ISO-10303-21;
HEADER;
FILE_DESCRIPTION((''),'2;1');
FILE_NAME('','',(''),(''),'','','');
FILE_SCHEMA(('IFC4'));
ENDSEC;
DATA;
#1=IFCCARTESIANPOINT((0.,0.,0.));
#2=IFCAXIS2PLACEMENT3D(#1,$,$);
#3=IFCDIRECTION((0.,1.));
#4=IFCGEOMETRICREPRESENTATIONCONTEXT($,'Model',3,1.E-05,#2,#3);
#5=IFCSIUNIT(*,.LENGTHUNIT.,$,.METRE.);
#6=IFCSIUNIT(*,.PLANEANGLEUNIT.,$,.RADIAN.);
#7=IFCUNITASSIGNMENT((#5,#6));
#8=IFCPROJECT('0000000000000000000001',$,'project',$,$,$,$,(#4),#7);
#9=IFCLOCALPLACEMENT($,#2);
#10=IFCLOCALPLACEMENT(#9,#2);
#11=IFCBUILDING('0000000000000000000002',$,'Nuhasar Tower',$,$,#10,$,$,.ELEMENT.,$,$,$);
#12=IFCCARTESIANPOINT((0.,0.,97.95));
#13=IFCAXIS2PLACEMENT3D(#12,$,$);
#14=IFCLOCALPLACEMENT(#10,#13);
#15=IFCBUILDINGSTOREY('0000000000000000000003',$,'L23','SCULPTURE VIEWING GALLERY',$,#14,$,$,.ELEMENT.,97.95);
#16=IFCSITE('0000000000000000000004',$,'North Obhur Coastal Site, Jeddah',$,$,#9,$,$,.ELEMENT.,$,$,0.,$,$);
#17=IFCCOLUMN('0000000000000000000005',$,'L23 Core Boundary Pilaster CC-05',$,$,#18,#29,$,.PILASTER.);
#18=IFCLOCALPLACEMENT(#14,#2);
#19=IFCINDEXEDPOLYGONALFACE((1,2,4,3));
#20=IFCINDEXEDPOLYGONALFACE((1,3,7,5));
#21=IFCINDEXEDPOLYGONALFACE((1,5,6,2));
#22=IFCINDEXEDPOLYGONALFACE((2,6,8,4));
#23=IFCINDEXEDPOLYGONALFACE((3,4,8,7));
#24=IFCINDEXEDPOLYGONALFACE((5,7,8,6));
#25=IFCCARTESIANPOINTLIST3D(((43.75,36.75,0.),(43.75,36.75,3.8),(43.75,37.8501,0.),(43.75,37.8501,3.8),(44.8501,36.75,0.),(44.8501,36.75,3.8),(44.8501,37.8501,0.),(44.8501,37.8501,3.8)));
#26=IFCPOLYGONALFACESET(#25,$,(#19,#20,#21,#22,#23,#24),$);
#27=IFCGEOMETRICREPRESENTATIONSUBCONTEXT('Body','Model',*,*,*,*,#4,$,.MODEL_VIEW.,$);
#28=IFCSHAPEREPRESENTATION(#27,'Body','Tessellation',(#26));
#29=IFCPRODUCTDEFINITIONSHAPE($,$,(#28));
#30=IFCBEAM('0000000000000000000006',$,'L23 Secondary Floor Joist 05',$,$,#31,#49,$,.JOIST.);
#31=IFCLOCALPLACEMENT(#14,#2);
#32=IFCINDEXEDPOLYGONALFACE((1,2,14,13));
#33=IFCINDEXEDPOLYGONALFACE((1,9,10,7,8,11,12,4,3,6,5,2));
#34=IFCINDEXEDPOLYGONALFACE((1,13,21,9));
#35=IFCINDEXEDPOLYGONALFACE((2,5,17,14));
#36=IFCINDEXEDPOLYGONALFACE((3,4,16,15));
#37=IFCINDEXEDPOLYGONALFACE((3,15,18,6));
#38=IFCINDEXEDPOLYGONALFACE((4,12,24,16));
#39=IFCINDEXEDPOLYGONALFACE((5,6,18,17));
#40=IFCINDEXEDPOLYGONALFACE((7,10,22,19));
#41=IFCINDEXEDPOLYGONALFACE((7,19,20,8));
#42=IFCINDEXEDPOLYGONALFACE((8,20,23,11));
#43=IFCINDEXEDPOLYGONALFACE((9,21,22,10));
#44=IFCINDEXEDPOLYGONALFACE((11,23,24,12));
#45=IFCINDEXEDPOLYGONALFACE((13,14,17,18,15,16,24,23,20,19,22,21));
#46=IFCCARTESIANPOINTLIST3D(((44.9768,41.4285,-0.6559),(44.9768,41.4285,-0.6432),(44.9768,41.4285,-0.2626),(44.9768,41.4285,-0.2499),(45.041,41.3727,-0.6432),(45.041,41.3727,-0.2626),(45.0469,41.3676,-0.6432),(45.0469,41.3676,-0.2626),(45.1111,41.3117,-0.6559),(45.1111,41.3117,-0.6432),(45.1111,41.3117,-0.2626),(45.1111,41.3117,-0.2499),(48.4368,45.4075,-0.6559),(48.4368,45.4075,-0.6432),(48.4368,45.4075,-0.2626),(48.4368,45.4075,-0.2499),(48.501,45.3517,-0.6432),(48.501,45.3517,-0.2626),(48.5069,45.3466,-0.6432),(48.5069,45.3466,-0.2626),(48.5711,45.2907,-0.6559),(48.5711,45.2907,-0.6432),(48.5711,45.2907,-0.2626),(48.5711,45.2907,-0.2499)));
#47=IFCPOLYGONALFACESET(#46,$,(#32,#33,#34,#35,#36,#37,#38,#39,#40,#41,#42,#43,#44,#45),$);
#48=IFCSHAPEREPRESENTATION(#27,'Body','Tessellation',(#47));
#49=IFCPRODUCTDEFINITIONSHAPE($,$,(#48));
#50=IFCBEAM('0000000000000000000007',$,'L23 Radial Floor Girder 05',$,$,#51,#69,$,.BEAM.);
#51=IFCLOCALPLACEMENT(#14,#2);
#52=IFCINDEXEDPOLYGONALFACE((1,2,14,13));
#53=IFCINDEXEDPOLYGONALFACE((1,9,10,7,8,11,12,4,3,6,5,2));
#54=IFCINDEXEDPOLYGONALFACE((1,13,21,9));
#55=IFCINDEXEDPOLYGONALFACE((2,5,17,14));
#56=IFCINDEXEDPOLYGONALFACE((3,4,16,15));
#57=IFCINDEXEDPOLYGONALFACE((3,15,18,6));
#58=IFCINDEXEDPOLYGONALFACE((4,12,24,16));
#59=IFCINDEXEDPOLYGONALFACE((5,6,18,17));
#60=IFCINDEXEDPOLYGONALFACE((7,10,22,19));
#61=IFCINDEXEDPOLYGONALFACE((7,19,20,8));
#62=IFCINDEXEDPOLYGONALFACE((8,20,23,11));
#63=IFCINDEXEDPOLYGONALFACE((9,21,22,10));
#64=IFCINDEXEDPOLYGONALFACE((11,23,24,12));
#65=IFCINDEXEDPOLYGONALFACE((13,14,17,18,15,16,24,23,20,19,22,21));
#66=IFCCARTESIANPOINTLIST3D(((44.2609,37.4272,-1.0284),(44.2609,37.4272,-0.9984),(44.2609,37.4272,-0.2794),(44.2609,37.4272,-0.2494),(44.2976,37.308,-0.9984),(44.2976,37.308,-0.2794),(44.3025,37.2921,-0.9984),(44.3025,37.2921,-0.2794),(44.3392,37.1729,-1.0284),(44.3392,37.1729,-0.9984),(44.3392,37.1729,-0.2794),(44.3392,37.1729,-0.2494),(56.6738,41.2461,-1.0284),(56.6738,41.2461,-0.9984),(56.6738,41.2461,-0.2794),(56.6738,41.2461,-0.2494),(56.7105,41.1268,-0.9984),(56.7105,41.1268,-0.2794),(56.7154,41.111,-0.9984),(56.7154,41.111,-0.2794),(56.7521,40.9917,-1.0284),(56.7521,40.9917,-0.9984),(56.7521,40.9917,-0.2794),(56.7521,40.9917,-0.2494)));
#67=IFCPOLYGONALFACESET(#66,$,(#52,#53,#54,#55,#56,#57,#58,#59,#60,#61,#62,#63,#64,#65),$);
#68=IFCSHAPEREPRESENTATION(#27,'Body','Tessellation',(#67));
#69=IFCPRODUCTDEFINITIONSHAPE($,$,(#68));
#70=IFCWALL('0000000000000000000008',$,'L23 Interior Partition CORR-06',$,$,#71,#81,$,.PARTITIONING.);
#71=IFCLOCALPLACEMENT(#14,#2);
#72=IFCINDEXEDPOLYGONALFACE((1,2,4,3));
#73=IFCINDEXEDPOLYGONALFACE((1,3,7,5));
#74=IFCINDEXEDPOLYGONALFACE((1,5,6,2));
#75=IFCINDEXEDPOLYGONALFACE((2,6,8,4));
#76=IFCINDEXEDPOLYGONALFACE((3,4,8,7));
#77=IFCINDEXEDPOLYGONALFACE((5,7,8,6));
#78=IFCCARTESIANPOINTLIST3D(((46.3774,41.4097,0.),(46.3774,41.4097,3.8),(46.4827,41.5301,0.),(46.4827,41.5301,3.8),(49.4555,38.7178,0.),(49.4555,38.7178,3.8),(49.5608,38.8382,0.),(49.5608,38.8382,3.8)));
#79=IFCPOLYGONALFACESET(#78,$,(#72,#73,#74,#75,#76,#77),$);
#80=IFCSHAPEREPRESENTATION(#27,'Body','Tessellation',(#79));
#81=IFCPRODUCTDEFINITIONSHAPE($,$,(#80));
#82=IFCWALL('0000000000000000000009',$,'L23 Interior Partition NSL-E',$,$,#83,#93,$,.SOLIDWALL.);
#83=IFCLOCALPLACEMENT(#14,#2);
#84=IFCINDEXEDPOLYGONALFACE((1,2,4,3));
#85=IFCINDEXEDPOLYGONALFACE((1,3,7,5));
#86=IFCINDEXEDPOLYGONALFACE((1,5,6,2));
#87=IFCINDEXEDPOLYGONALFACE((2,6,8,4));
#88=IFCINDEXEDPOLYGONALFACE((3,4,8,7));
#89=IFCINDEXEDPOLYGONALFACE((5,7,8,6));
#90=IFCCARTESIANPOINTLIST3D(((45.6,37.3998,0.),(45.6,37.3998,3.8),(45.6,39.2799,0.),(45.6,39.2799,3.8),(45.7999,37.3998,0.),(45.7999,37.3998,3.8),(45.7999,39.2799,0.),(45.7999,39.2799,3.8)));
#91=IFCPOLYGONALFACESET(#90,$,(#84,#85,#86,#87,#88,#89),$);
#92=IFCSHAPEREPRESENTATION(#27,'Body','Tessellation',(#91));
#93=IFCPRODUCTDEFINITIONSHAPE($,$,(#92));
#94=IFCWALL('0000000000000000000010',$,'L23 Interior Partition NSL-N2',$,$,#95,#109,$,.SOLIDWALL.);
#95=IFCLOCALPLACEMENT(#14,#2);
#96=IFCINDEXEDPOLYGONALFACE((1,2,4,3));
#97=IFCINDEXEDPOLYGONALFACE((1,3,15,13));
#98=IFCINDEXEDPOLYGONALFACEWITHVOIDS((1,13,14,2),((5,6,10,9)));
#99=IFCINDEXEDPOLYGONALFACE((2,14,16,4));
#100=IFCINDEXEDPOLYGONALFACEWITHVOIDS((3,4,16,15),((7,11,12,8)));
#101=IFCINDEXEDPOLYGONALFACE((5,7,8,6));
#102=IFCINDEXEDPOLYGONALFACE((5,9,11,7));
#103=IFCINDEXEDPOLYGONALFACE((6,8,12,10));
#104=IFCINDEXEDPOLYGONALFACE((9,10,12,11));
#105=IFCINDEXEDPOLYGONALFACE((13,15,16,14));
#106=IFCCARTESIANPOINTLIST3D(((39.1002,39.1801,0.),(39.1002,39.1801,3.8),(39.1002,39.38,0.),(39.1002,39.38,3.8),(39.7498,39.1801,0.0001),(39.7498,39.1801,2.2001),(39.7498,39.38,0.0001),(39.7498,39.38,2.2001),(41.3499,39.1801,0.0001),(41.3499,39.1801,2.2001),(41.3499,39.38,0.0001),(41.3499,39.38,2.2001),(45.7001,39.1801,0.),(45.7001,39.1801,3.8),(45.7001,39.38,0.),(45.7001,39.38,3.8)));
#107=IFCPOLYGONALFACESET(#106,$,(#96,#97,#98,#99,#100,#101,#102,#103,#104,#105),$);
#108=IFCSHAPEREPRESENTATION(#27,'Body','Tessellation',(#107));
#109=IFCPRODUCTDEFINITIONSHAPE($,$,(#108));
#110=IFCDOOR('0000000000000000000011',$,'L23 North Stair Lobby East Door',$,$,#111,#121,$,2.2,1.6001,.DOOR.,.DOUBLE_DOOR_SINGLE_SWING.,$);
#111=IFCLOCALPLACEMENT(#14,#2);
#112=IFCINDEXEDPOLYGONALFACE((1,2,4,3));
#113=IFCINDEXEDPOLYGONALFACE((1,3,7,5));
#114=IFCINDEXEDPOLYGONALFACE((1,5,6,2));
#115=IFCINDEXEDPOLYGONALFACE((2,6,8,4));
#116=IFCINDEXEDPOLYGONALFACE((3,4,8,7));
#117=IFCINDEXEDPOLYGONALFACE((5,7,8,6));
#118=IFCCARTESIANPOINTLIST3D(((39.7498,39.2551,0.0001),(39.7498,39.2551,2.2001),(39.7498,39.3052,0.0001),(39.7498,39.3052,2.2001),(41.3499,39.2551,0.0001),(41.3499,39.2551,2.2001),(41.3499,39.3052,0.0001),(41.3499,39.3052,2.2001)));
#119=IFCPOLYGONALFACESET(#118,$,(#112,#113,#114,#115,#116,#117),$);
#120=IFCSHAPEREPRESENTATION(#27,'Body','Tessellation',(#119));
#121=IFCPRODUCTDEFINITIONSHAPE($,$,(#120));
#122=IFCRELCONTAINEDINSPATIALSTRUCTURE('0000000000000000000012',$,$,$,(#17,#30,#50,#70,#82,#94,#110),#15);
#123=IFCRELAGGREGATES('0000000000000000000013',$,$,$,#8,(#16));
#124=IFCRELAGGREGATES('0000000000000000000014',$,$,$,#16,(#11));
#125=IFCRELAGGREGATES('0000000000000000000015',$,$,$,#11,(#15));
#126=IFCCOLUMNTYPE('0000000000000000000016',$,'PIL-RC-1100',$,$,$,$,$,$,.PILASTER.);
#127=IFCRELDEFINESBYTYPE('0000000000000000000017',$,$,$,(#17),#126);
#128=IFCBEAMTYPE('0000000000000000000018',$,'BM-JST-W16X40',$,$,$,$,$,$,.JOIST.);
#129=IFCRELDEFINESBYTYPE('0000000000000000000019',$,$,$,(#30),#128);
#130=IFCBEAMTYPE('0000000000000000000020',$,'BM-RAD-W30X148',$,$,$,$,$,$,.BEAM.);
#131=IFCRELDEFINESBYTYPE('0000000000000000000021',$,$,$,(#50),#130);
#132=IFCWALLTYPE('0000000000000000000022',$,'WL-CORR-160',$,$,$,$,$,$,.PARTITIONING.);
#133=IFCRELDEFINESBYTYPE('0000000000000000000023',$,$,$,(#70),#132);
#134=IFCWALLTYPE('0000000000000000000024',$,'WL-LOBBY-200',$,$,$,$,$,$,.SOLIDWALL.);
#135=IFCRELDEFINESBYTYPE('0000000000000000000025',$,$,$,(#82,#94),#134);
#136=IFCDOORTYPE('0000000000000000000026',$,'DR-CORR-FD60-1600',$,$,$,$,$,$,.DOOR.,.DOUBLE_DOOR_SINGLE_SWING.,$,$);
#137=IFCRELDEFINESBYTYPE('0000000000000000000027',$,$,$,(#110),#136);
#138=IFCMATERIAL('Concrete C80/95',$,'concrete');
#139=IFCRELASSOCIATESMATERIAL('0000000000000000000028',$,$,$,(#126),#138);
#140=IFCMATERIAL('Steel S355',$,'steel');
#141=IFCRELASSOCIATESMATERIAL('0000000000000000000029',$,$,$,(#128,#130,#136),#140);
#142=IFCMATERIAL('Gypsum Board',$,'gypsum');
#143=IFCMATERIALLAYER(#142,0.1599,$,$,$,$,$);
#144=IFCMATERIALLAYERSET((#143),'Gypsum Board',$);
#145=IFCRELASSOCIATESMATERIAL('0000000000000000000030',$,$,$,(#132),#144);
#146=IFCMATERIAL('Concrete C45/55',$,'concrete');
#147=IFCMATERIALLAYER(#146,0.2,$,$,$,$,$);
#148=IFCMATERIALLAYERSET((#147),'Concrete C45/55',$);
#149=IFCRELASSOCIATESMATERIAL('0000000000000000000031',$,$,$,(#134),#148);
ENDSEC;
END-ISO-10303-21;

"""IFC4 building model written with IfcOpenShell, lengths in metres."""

from ifc_helpers import new_model, si_unit, direction, frame, frame_2d, origin, origin_2d, place, context, subcontext, project, spatial, rectangle, i_section, extrude, material, layer, layer_set, material_profile, profile_set, type_object, element, fill, save


model = new_model("IFC4")

# Units and contexts
model_context = context("Model", 3, precision=1e-05, world=origin(), true_north=direction((0.0, 1.0)))
body_context = subcontext(model_context, "Body", "Model", "MODEL_VIEW")
ifc_project = project(units=[si_unit("LENGTHUNIT", "METRE"), si_unit("PLANEANGLEUNIT", "RADIAN")], contexts=[model_context])

# Site, building, storey
site_placement = place(None, origin())
site = spatial("IfcSite", under=ifc_project, at=site_placement, Name="North Obhur Coastal Site, Jeddah", CompositionType="ELEMENT", RefElevation=0.0)
building_placement = place(site_placement, origin())
building = spatial("IfcBuilding", under=site, at=building_placement, Name="Nuhasar Tower", CompositionType="ELEMENT")
storey_placement = place(building_placement, frame((0.0, 0.0, 97.95)))
storey = spatial("IfcBuildingStorey", under=building, at=storey_placement, Name="L23", Description="SCULPTURE VIEWING GALLERY", CompositionType="ELEMENT", Elevation=97.95)

# Column
ifc_material_1 = material(Name="Concrete C80/95", Category="concrete")
ifc_material_profile_1 = material_profile(ifc_material_1, rectangle(XDim=1.1001, YDim=1.1001, at=origin_2d()), Name="RC1100X1100")
ifc_profile_set_1 = profile_set([ifc_material_profile_1], Name="Concrete C80/95")
column_type = type_object("IfcColumnType", Name="PIL-RC-1100", PredefinedType="PILASTER", material=ifc_profile_set_1)
column_placement = place(storey_placement, frame((44.3, 37.3, 0.0), z_axis=(0.0, 0.0, 1.0), x_axis=(1.0, 0.0, 0.0)))
element("IfcColumn", 1, at=column_placement, inside=storey, type_object=column_type, Name="L23 Core Boundary Pilaster CC-05", PredefinedType="PILASTER", context=body_context, shape_type="SweptSolid", body=[
    extrude(rectangle(XDim=1.1001, YDim=1.1001, at=origin_2d()), origin(), (0.0, 0.0, 1.0), 3.8),
])

# Beams
ifc_material_2 = material(Name="Steel S355", Category="steel")
ifc_material_profile_2 = material_profile(ifc_material_2, i_section(OverallWidth=0.178, OverallDepth=0.406, WebThickness=0.0078, FlangeThickness=0.0127, at=origin_2d()), Name="W16X40")
ifc_profile_set_2 = profile_set([ifc_material_profile_2], Name="Steel S355")
beam_type_1 = type_object("IfcBeamType", Name="BM-JST-W16X40", PredefinedType="JOIST", material=ifc_profile_set_2)
beam_1_placement = place(storey_placement, frame((45.0439, 41.3701, -0.4529), z_axis=(0.656174, 0.75461, 0.0), x_axis=(-0.75461, 0.656174, 0.0)))
element("IfcBeam", 2, at=beam_1_placement, inside=storey, type_object=beam_type_1, Name="L23 Secondary Floor Joist 05", PredefinedType="JOIST", context=body_context, shape_type="SweptSolid", body=[
    extrude(i_section(OverallWidth=0.178, OverallDepth=0.406, WebThickness=0.0078, FlangeThickness=0.0127, at=origin_2d()), origin(), (0.0, 0.0, 1.0), 5.2729),
])
ifc_material_profile_3 = material_profile(ifc_material_2, i_section(OverallWidth=0.2661, OverallDepth=0.7791, WebThickness=0.0166, FlangeThickness=0.03, at=origin_2d()), Name="W30X148")
ifc_profile_set_3 = profile_set([ifc_material_profile_3], Name="Steel S355")
beam_type_2 = type_object("IfcBeamType", Name="BM-RAD-W30X148", PredefinedType="BEAM", material=ifc_profile_set_3)
beam_2_placement = place(storey_placement, frame((44.3, 37.3, -0.6389), z_axis=(0.95579, 0.294052, 0.0), x_axis=(-0.294052, 0.95579, 0.0)))
element("IfcBeam", 3, at=beam_2_placement, inside=storey, type_object=beam_type_2, Name="L23 Radial Floor Girder 05", PredefinedType="BEAM", context=body_context, shape_type="SweptSolid", body=[
    extrude(i_section(OverallWidth=0.2661, OverallDepth=0.7791, WebThickness=0.0166, FlangeThickness=0.03, at=origin_2d()), origin(), (0.0, 0.0, 1.0), 12.9871),
])

# Walls
ifc_material_3 = material(Name="Gypsum Board", Category="gypsum")
ifc_layer_1 = layer(ifc_material_3, 0.1599)
ifc_layer_set_1 = layer_set([ifc_layer_1], Name="Gypsum Board")
wall_type_1 = type_object("IfcWallType", Name="WL-CORR-160", PredefinedType="PARTITIONING", material=ifc_layer_set_1)
wall_1_placement = place(storey_placement, frame((49.5081, 38.7781, 0.0), z_axis=(0.0, 0.0, 1.0), x_axis=(-0.752754, 0.658302, 0.0)))
element("IfcWall", 4, at=wall_1_placement, inside=storey, type_object=wall_type_1, Name="L23 Interior Partition CORR-06", PredefinedType="PARTITIONING", context=body_context, shape_type="SweptSolid", body=[
    extrude(rectangle(XDim=4.0891, YDim=0.1599, at=frame_2d((2.0444, 0.0))), origin(), (0.0, 0.0, 1.0), 3.8),
])
ifc_material_4 = material(Name="Concrete C45/55", Category="concrete")
ifc_layer_2 = layer(ifc_material_4, 0.2)
ifc_layer_set_2 = layer_set([ifc_layer_2], Name="Concrete C45/55")
wall_type_2 = type_object("IfcWallType", Name="WL-LOBBY-200", PredefinedType="SOLIDWALL", material=ifc_layer_set_2)
wall_2_placement = place(storey_placement, frame((45.7, 37.3999, 0.0), z_axis=(0.0, 0.0, 1.0), x_axis=(0.0, 1.0, 0.0)))
element("IfcWall", 5, at=wall_2_placement, inside=storey, type_object=wall_type_2, Name="L23 Interior Partition NSL-E", PredefinedType="SOLIDWALL", context=body_context, shape_type="SweptSolid", body=[
    extrude(rectangle(XDim=1.8801, YDim=0.2, at=frame_2d((0.9399, 0.0))), origin(), (0.0, 0.0, 1.0), 3.8),
])

# Wall, opening, door
wall_3_placement = place(storey_placement, frame((45.7, 39.28, 0.0), z_axis=(0.0, 0.0, 1.0), x_axis=(-1.0, 0.0, 0.0)))
wall_3 = element("IfcWall", 6, at=wall_3_placement, inside=storey, type_object=wall_type_2, Name="L23 Interior Partition NSL-N2", PredefinedType="SOLIDWALL", context=body_context, shape_type="SweptSolid", body=[
    extrude(rectangle(XDim=6.5999, YDim=0.2, at=frame_2d((3.2998, 0.0))), origin(), (0.0, 0.0, 1.0), 3.8),
])
opening_1_placement = place(wall_3_placement, frame((4.3501, 0.0, 0.0)))
opening_1 = element("IfcOpeningElement", 7, at=opening_1_placement, cuts=wall_3, PredefinedType="OPENING", context=body_context, shape_type="SweptSolid", body=[
    extrude(rectangle(XDim=1.6001, YDim=2.2, at=frame_2d((0.8, 1.1001))), frame((0.0, 0.1099, 0.0), z_axis=(0.0, -1.0, 0.0), x_axis=(1.0, 0.0, 0.0)), (0.0, 0.0, 1.0), 0.22),
])
door_type_1 = type_object("IfcDoorType", Name="DR-CORR-FD60-1600", OperationType="DOUBLE_DOOR_SINGLE_SWING", PredefinedType="DOOR", material=ifc_material_2)
door_1_placement = place(opening_1_placement, origin())
door_1 = element("IfcDoor", 8, at=door_1_placement, inside=storey, type_object=door_type_1, Name="L23 North Stair Lobby East Door", OperationType="DOUBLE_DOOR_SINGLE_SWING", OverallHeight=2.2, OverallWidth=1.6001, PredefinedType="DOOR", context=body_context, shape_type="SweptSolid", body=[
    extrude(rectangle(XDim=1.6001, YDim=2.2, at=frame_2d((0.8, 1.1001))), frame((0.0, 0.0249, 0.0), z_axis=(0.0, -1.0, 0.0), x_axis=(1.0, 0.0, 0.0)), (0.0, 0.0, 1.0), 0.05),
])
fill(opening_1, door_1)

save(model, "model.ifc")
